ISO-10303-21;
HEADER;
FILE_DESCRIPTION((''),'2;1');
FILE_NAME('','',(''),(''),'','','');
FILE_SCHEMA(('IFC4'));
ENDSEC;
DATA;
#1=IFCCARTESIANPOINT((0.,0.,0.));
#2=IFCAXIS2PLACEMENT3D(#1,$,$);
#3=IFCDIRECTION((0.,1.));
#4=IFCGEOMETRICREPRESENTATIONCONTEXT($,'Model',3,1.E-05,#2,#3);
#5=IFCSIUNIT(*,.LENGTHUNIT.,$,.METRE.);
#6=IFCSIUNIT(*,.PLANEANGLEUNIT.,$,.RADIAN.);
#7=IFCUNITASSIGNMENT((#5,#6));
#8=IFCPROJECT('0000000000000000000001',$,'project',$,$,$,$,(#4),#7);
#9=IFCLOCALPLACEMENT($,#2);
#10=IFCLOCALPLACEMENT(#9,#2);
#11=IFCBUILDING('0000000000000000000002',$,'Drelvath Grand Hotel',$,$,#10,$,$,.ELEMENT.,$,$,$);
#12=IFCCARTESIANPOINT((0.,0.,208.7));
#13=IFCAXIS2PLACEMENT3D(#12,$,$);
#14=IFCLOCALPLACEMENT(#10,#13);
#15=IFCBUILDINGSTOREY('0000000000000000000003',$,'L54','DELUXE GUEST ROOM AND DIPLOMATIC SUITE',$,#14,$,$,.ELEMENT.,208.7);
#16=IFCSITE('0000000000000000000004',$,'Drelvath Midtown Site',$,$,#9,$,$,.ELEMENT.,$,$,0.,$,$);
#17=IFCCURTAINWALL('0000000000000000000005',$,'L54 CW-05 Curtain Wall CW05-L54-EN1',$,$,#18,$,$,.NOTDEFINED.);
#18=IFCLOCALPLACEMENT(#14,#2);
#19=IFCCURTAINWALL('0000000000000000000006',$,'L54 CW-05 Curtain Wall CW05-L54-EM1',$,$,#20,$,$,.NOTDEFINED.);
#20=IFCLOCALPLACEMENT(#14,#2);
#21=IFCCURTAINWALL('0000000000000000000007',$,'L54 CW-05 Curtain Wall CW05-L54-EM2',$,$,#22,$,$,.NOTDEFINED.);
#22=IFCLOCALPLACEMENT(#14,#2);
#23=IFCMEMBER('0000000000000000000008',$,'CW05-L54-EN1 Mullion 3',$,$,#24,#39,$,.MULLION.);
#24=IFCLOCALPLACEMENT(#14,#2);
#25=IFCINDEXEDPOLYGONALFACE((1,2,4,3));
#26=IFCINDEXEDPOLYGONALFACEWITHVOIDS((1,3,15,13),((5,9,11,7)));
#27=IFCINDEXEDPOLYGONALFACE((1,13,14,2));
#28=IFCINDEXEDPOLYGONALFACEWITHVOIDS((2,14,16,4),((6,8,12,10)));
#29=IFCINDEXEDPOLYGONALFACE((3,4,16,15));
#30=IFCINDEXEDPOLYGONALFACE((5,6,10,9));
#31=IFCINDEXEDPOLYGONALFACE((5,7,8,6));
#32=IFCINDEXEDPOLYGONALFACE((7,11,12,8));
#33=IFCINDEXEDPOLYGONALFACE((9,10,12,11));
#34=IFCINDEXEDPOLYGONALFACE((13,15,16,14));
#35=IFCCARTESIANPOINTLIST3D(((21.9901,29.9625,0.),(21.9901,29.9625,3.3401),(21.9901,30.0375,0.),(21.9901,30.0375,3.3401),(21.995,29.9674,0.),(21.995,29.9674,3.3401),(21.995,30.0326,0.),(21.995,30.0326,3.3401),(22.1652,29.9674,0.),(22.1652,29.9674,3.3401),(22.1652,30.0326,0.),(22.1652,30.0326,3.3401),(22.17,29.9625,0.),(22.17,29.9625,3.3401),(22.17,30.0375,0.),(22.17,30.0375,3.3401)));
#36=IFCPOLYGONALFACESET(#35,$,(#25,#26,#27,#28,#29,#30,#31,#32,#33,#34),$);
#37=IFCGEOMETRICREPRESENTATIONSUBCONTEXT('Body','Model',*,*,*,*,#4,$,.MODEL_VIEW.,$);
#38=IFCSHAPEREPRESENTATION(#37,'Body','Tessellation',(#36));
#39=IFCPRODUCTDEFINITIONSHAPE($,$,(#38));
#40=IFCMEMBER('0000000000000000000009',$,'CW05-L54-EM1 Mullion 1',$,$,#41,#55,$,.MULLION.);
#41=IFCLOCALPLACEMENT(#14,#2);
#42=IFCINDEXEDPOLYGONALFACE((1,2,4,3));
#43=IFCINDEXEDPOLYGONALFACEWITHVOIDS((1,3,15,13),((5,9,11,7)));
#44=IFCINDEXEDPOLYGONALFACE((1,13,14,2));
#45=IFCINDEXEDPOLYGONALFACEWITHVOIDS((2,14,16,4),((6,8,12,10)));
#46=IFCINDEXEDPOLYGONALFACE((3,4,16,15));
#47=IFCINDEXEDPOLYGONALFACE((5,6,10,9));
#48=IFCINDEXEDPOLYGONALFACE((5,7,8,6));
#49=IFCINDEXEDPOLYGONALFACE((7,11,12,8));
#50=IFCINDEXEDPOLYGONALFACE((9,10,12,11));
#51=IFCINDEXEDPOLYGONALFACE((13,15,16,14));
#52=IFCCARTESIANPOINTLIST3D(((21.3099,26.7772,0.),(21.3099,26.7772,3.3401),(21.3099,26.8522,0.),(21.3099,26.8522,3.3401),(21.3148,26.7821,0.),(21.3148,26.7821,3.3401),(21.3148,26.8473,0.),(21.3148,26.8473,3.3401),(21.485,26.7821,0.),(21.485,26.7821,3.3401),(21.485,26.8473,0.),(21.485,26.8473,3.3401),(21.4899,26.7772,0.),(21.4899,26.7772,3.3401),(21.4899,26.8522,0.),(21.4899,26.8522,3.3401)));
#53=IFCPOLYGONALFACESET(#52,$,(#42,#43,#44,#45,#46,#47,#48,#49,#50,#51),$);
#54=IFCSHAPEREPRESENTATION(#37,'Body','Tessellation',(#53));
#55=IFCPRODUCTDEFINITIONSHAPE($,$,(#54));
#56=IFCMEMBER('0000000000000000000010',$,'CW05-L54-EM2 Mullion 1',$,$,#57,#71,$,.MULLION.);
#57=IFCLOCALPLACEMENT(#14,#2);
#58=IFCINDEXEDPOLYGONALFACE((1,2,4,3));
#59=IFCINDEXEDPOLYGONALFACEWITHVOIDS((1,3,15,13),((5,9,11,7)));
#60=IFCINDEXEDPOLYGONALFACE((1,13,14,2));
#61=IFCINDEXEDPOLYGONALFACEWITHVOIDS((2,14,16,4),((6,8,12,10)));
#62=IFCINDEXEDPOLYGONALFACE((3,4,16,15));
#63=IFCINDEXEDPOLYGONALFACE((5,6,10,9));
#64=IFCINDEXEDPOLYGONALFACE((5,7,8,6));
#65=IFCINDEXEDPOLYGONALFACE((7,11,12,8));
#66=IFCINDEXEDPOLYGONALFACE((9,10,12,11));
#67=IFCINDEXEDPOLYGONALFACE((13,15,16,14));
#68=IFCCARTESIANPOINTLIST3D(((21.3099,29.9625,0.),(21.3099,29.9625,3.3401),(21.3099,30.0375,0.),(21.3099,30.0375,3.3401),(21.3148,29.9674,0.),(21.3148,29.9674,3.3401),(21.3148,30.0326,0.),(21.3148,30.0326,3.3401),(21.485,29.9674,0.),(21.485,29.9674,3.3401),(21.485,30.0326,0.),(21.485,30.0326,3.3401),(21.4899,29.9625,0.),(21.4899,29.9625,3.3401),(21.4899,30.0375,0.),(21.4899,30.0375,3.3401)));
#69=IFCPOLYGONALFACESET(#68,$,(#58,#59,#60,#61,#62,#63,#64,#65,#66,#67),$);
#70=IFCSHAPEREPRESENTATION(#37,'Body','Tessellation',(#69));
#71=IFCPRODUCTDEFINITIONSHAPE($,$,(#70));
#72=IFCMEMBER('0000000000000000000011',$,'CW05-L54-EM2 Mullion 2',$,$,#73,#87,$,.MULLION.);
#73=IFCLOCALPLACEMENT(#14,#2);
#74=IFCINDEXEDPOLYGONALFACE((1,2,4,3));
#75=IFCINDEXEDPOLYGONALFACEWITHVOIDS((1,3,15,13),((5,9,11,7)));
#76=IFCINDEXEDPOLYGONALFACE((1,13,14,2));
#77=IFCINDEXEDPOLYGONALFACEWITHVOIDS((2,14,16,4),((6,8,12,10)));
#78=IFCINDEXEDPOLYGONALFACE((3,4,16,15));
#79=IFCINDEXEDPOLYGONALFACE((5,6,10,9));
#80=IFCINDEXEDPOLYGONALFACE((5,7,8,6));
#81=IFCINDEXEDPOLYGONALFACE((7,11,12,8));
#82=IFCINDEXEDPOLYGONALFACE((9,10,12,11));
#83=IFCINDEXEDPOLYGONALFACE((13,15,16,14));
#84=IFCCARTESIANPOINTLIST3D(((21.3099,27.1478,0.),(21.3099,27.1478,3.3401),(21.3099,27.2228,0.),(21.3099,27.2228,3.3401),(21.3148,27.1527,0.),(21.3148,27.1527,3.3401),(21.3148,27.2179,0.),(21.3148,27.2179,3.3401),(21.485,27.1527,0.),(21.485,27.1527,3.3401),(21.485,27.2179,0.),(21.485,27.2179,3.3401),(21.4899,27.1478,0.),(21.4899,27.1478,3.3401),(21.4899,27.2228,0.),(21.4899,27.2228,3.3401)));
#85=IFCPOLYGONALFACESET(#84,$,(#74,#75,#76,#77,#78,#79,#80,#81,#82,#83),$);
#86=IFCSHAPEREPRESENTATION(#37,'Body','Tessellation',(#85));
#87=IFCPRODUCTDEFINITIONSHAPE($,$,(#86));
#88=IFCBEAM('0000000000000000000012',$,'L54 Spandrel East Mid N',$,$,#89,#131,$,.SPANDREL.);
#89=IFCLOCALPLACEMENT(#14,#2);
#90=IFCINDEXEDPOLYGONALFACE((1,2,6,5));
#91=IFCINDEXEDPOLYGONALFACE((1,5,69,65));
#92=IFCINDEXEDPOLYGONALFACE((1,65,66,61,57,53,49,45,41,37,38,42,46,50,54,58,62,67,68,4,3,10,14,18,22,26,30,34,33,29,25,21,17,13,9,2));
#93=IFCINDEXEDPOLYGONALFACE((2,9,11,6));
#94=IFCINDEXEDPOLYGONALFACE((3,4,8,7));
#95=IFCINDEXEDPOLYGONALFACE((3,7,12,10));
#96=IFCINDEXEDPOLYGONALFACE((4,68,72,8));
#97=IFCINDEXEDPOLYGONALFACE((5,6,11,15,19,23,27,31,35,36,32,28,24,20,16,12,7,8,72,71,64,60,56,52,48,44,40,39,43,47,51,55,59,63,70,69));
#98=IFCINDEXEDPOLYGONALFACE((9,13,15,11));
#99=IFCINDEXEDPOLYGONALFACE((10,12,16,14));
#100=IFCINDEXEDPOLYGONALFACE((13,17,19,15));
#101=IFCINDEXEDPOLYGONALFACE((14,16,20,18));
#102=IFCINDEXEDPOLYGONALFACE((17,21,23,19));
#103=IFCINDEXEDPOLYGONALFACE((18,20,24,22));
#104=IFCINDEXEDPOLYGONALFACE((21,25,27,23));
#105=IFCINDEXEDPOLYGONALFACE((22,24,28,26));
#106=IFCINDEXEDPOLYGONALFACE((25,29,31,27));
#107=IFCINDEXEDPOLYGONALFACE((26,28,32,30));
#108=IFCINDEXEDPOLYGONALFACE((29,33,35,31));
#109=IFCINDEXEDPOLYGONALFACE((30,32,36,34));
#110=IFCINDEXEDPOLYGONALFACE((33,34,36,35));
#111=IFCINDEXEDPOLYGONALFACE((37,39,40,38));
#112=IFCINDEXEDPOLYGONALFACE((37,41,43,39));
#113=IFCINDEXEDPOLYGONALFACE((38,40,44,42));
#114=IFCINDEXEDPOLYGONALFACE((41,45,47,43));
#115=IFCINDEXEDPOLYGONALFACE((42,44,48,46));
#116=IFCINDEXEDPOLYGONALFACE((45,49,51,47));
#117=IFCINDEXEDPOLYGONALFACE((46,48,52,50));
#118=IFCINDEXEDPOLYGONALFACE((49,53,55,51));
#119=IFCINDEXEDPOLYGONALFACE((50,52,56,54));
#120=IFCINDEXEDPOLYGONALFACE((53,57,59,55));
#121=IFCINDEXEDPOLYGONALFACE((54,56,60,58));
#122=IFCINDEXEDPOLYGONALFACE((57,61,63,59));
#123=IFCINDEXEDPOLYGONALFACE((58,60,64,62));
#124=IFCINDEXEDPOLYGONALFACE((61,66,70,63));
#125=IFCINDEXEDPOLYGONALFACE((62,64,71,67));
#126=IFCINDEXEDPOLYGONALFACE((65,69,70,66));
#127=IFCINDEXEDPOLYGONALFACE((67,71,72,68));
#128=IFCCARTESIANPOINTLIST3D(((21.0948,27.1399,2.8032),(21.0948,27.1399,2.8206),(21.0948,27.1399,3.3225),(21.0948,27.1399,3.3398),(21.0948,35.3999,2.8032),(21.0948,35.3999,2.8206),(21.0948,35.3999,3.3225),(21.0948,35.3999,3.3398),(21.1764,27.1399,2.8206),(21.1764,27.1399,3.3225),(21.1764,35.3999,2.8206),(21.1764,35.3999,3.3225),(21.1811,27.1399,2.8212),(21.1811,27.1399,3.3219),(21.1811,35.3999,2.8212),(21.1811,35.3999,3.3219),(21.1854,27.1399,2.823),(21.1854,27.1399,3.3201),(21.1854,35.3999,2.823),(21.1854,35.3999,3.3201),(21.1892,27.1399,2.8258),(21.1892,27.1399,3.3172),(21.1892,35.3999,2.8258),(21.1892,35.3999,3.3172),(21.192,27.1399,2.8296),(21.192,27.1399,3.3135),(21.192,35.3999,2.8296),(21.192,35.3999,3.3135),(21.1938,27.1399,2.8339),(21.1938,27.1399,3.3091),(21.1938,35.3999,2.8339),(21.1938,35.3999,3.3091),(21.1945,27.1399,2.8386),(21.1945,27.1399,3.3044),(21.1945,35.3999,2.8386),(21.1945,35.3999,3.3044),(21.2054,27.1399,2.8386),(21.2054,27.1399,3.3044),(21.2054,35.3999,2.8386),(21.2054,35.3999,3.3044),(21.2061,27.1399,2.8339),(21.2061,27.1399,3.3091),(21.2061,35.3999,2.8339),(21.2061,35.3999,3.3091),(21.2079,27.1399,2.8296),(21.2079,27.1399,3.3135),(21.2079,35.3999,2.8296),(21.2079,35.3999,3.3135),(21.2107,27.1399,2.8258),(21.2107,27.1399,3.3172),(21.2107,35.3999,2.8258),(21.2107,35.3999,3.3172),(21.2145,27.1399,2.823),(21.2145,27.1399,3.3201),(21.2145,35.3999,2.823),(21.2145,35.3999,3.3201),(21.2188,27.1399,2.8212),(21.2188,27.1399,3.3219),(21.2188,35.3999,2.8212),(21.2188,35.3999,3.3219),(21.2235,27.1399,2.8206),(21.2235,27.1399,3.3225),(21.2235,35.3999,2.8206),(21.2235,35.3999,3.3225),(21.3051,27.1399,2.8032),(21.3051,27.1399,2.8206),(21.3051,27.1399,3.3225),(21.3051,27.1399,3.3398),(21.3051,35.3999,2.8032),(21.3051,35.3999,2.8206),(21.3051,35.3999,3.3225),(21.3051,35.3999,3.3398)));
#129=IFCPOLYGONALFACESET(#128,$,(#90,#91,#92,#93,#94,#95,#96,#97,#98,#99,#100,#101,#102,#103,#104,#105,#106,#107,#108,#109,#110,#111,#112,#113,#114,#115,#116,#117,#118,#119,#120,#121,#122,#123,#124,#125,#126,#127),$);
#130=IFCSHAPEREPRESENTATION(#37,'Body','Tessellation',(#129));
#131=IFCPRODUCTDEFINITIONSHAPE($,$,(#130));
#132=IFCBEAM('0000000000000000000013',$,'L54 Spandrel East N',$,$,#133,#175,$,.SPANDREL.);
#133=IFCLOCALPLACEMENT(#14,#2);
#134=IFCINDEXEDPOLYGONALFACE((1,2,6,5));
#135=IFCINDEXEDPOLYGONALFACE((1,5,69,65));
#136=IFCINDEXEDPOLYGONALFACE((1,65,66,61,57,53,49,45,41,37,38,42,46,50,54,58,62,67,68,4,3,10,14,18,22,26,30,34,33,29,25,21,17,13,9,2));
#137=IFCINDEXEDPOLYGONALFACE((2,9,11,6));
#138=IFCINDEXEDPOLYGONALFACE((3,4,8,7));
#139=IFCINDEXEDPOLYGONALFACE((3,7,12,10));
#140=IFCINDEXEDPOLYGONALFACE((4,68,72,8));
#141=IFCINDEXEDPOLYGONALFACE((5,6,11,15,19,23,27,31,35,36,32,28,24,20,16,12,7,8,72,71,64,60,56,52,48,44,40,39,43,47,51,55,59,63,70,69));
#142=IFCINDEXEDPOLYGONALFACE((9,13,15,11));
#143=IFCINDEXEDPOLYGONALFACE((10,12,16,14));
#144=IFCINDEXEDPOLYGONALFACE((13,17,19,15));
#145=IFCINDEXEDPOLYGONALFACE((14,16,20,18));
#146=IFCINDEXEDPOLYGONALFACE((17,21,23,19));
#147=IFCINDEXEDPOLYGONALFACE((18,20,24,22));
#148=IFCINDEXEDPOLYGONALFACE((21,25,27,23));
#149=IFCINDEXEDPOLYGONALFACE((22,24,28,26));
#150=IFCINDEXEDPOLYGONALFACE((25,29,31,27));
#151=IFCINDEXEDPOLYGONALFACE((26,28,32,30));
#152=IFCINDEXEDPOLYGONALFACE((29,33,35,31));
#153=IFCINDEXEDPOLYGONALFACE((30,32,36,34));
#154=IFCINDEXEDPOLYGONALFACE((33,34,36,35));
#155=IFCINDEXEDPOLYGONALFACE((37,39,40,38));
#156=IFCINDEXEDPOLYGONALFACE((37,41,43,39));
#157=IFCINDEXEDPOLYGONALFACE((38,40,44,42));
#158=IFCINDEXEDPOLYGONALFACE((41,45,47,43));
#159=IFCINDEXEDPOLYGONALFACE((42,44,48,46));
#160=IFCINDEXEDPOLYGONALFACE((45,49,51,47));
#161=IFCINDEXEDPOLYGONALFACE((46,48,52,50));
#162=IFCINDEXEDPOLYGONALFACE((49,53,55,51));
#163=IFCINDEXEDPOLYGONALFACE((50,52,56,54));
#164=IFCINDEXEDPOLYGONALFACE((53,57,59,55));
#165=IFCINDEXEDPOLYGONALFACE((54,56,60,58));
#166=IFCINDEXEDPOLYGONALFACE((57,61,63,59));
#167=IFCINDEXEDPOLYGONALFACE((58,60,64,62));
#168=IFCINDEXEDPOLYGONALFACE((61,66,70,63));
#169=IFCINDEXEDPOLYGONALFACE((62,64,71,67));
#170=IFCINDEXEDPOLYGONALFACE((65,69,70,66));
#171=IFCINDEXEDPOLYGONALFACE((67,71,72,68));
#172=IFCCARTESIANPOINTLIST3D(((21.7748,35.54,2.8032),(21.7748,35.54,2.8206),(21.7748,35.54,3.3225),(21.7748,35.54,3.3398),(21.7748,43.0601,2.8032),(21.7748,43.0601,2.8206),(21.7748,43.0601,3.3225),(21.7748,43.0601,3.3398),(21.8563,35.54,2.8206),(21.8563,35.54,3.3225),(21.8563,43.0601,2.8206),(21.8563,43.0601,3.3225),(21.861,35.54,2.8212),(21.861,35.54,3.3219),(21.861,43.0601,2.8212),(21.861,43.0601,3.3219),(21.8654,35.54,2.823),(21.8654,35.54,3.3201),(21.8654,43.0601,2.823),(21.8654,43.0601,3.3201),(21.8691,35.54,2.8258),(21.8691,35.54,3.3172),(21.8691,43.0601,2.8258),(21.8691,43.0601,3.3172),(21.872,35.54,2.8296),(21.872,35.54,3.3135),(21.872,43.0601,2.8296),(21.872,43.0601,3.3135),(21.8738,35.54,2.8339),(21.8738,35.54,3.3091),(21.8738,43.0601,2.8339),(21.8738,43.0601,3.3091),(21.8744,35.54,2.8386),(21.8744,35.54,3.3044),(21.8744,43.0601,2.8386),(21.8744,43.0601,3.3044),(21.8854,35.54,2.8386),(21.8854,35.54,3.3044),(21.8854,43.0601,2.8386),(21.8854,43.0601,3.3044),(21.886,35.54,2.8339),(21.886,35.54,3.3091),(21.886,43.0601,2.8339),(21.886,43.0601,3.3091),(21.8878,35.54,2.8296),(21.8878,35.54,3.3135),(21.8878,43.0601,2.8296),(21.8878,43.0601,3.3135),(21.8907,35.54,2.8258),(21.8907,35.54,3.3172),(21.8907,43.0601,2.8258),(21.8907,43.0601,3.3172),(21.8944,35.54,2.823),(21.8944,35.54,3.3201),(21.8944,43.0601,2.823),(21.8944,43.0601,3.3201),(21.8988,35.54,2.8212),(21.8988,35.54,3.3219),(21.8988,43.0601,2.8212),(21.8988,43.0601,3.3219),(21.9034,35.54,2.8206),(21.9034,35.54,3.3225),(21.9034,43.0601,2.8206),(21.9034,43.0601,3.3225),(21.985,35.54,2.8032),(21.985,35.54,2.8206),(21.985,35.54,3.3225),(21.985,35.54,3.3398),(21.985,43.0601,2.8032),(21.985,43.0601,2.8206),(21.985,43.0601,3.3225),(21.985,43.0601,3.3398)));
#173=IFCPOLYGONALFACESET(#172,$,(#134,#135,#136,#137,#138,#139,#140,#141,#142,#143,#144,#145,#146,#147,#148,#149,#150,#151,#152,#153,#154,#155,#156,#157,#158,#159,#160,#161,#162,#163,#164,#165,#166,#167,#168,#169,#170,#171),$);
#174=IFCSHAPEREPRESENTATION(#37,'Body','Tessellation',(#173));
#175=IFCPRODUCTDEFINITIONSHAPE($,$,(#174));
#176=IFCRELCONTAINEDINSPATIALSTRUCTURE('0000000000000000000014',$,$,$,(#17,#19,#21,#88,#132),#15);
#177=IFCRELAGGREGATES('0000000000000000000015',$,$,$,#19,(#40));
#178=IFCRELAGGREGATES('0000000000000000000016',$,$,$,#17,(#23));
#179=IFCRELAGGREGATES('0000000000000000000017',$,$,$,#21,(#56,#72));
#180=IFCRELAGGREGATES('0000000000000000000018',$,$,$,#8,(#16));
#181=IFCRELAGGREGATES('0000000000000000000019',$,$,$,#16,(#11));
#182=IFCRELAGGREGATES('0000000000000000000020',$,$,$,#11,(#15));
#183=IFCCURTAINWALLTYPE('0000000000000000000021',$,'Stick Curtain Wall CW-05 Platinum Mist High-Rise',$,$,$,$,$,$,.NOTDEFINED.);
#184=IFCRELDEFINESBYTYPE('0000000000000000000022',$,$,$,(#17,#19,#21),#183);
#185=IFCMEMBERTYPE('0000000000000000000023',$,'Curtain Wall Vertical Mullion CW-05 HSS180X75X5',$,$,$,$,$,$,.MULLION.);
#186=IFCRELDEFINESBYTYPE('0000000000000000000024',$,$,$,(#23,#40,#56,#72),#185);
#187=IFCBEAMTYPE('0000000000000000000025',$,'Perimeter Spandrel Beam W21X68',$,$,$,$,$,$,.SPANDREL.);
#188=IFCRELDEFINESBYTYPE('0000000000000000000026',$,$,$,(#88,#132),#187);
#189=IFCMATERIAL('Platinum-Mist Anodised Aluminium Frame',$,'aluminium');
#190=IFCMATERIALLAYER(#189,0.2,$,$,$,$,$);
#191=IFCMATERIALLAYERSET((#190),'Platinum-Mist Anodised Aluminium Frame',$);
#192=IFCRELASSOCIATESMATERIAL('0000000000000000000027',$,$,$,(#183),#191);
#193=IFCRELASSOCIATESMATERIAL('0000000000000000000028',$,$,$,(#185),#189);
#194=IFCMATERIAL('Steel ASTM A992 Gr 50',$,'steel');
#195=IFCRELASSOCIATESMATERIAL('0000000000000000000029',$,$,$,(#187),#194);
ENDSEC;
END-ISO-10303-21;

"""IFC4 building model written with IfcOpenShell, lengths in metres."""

from ifc_helpers import new_model, si_unit, direction, frame, origin, origin_2d, place, context, subcontext, project, spatial, hollow_rectangle, i_section, extrude, material, layer, layer_set, material_profile, profile_set, type_object, element, aggregate, save


model = new_model("IFC4")

# Units and contexts
model_context = context("Model", 3, precision=1e-05, world=origin(), true_north=direction((0.0, 1.0)))
body_context = subcontext(model_context, "Body", "Model", "MODEL_VIEW")
ifc_project = project(units=[si_unit("LENGTHUNIT", "METRE"), si_unit("PLANEANGLEUNIT", "RADIAN")], contexts=[model_context])

# Site, building, storey
site_placement = place(None, origin())
site = spatial("IfcSite", under=ifc_project, at=site_placement, Name="Drelvath Midtown Site", CompositionType="ELEMENT", RefElevation=0.0)
building_placement = place(site_placement, origin())
building = spatial("IfcBuilding", under=site, at=building_placement, Name="Drelvath Grand Hotel", CompositionType="ELEMENT")
storey_placement = place(building_placement, frame((0.0, 0.0, 208.7)))
storey = spatial("IfcBuildingStorey", under=building, at=storey_placement, Name="L54", Description="DELUXE GUEST ROOM AND DIPLOMATIC SUITE", CompositionType="ELEMENT", Elevation=208.7)

# Curtain walls
ifc_material_1 = material(Name="Platinum-Mist Anodised Aluminium Frame", Category="aluminium")
ifc_layer_1 = layer(ifc_material_1, 0.2)
ifc_layer_set_1 = layer_set([ifc_layer_1], Name="Platinum-Mist Anodised Aluminium Frame")
curtain_wall_type = type_object("IfcCurtainWallType", Name="Stick Curtain Wall CW-05 Platinum Mist High-Rise", PredefinedType="NOTDEFINED", material=ifc_layer_set_1)
curtain_wall_1_placement = place(storey_placement, origin())
curtain_wall_1 = element("IfcCurtainWall", 1, at=curtain_wall_1_placement, inside=storey, type_object=curtain_wall_type, Name="L54 CW-05 Curtain Wall CW05-L54-EN1", PredefinedType="NOTDEFINED")
curtain_wall_2_placement = place(storey_placement, origin())
curtain_wall_2 = element("IfcCurtainWall", 2, at=curtain_wall_2_placement, inside=storey, type_object=curtain_wall_type, Name="L54 CW-05 Curtain Wall CW05-L54-EM1", PredefinedType="NOTDEFINED")
curtain_wall_3_placement = place(storey_placement, origin())
curtain_wall_3 = element("IfcCurtainWall", 3, at=curtain_wall_3_placement, inside=storey, type_object=curtain_wall_type, Name="L54 CW-05 Curtain Wall CW05-L54-EM2", PredefinedType="NOTDEFINED")

# Members
ifc_material_profile_1 = material_profile(ifc_material_1, hollow_rectangle(XDim=0.075, YDim=0.1799, WallThickness=0.0049, at=origin_2d()), Name="HSS180X75X5")
ifc_profile_set_1 = profile_set([ifc_material_profile_1], Name="Platinum-Mist Anodised Aluminium Frame")
member_type_1 = type_object("IfcMemberType", Name="Curtain Wall Vertical Mullion CW-05 HSS180X75X5", PredefinedType="MULLION", material=ifc_profile_set_1)
member_1_placement = place(storey_placement, frame((22.0801, 30.0, 0.0), z_axis=(0.0, 0.0, 1.0), x_axis=(0.0, 1.0, 0.0)))
member_1 = element("IfcMember", 4, at=member_1_placement, type_object=member_type_1, Name="CW05-L54-EN1 Mullion 3", PredefinedType="MULLION", context=body_context, shape_type="SweptSolid", body=[
    extrude(hollow_rectangle(XDim=0.075, YDim=0.1799, WallThickness=0.0049, at=origin_2d()), origin(), (0.0, 0.0, 1.0), 3.3401),
])
member_2_placement = place(storey_placement, frame((21.3999, 26.8147, 0.0), z_axis=(0.0, 0.0, 1.0), x_axis=(0.0, 1.0, 0.0)))
member_2 = element("IfcMember", 5, at=member_2_placement, type_object=member_type_1, Name="CW05-L54-EM1 Mullion 1", PredefinedType="MULLION", context=body_context, shape_type="SweptSolid", body=[
    extrude(hollow_rectangle(XDim=0.075, YDim=0.1799, WallThickness=0.0049, at=origin_2d()), origin(), (0.0, 0.0, 1.0), 3.3401),
])
aggregate(curtain_wall_2, [member_2])
member_3_placement = place(storey_placement, frame((21.3999, 30.0, 0.0), z_axis=(0.0, 0.0, 1.0), x_axis=(0.0, 1.0, 0.0)))
member_3 = element("IfcMember", 6, at=member_3_placement, type_object=member_type_1, Name="CW05-L54-EM2 Mullion 1", PredefinedType="MULLION", context=body_context, shape_type="SweptSolid", body=[
    extrude(hollow_rectangle(XDim=0.075, YDim=0.1799, WallThickness=0.0049, at=origin_2d()), origin(), (0.0, 0.0, 1.0), 3.3401),
])
member_4_placement = place(storey_placement, frame((21.3999, 27.1853, 0.0), z_axis=(0.0, 0.0, 1.0), x_axis=(0.0, 1.0, 0.0)))
member_4 = element("IfcMember", 7, at=member_4_placement, type_object=member_type_1, Name="CW05-L54-EM2 Mullion 2", PredefinedType="MULLION", context=body_context, shape_type="SweptSolid", body=[
    extrude(hollow_rectangle(XDim=0.075, YDim=0.1799, WallThickness=0.0049, at=origin_2d()), origin(), (0.0, 0.0, 1.0), 3.3401),
])

# Beams
ifc_material_2 = material(Name="Steel ASTM A992 Gr 50", Category="steel")
ifc_material_profile_2 = material_profile(ifc_material_2, i_section(OverallWidth=0.2102, OverallDepth=0.5366, WebThickness=0.011, FlangeThickness=0.0173, FilletRadius=0.0181, at=origin_2d()), Name="W21X68")
ifc_profile_set_2 = profile_set([ifc_material_profile_2], Name="Steel ASTM A992 Gr 50")
beam_type_1 = type_object("IfcBeamType", Name="Perimeter Spandrel Beam W21X68", PredefinedType="SPANDREL", material=ifc_profile_set_2)
beam_1_placement = place(storey_placement, frame((21.2, 27.1399, 3.0715), z_axis=(0.0, 1.0, 0.0), x_axis=(-1.0, 0.0, 0.0)))
element("IfcBeam", 8, at=beam_1_placement, inside=storey, type_object=beam_type_1, Name="L54 Spandrel East Mid N", PredefinedType="SPANDREL", context=body_context, shape_type="SweptSolid", body=[
    extrude(i_section(OverallWidth=0.2102, OverallDepth=0.5366, WebThickness=0.011, FlangeThickness=0.0173, FilletRadius=0.0181, at=origin_2d()), origin(), (0.0, 0.0, 1.0), 8.26),
])
beam_2_placement = place(storey_placement, frame((21.8799, 35.54, 3.0715), z_axis=(0.0, 1.0, 0.0), x_axis=(-1.0, 0.0, 0.0)))
element("IfcBeam", 9, at=beam_2_placement, inside=storey, type_object=beam_type_1, Name="L54 Spandrel East N", PredefinedType="SPANDREL", context=body_context, shape_type="SweptSolid", body=[
    extrude(i_section(OverallWidth=0.2102, OverallDepth=0.5366, WebThickness=0.011, FlangeThickness=0.0173, FilletRadius=0.0181, at=origin_2d()), origin(), (0.0, 0.0, 1.0), 7.52),
])

aggregate(curtain_wall_1, [member_1])
aggregate(curtain_wall_3, [member_3, member_4])

save(model, "model.ifc")
